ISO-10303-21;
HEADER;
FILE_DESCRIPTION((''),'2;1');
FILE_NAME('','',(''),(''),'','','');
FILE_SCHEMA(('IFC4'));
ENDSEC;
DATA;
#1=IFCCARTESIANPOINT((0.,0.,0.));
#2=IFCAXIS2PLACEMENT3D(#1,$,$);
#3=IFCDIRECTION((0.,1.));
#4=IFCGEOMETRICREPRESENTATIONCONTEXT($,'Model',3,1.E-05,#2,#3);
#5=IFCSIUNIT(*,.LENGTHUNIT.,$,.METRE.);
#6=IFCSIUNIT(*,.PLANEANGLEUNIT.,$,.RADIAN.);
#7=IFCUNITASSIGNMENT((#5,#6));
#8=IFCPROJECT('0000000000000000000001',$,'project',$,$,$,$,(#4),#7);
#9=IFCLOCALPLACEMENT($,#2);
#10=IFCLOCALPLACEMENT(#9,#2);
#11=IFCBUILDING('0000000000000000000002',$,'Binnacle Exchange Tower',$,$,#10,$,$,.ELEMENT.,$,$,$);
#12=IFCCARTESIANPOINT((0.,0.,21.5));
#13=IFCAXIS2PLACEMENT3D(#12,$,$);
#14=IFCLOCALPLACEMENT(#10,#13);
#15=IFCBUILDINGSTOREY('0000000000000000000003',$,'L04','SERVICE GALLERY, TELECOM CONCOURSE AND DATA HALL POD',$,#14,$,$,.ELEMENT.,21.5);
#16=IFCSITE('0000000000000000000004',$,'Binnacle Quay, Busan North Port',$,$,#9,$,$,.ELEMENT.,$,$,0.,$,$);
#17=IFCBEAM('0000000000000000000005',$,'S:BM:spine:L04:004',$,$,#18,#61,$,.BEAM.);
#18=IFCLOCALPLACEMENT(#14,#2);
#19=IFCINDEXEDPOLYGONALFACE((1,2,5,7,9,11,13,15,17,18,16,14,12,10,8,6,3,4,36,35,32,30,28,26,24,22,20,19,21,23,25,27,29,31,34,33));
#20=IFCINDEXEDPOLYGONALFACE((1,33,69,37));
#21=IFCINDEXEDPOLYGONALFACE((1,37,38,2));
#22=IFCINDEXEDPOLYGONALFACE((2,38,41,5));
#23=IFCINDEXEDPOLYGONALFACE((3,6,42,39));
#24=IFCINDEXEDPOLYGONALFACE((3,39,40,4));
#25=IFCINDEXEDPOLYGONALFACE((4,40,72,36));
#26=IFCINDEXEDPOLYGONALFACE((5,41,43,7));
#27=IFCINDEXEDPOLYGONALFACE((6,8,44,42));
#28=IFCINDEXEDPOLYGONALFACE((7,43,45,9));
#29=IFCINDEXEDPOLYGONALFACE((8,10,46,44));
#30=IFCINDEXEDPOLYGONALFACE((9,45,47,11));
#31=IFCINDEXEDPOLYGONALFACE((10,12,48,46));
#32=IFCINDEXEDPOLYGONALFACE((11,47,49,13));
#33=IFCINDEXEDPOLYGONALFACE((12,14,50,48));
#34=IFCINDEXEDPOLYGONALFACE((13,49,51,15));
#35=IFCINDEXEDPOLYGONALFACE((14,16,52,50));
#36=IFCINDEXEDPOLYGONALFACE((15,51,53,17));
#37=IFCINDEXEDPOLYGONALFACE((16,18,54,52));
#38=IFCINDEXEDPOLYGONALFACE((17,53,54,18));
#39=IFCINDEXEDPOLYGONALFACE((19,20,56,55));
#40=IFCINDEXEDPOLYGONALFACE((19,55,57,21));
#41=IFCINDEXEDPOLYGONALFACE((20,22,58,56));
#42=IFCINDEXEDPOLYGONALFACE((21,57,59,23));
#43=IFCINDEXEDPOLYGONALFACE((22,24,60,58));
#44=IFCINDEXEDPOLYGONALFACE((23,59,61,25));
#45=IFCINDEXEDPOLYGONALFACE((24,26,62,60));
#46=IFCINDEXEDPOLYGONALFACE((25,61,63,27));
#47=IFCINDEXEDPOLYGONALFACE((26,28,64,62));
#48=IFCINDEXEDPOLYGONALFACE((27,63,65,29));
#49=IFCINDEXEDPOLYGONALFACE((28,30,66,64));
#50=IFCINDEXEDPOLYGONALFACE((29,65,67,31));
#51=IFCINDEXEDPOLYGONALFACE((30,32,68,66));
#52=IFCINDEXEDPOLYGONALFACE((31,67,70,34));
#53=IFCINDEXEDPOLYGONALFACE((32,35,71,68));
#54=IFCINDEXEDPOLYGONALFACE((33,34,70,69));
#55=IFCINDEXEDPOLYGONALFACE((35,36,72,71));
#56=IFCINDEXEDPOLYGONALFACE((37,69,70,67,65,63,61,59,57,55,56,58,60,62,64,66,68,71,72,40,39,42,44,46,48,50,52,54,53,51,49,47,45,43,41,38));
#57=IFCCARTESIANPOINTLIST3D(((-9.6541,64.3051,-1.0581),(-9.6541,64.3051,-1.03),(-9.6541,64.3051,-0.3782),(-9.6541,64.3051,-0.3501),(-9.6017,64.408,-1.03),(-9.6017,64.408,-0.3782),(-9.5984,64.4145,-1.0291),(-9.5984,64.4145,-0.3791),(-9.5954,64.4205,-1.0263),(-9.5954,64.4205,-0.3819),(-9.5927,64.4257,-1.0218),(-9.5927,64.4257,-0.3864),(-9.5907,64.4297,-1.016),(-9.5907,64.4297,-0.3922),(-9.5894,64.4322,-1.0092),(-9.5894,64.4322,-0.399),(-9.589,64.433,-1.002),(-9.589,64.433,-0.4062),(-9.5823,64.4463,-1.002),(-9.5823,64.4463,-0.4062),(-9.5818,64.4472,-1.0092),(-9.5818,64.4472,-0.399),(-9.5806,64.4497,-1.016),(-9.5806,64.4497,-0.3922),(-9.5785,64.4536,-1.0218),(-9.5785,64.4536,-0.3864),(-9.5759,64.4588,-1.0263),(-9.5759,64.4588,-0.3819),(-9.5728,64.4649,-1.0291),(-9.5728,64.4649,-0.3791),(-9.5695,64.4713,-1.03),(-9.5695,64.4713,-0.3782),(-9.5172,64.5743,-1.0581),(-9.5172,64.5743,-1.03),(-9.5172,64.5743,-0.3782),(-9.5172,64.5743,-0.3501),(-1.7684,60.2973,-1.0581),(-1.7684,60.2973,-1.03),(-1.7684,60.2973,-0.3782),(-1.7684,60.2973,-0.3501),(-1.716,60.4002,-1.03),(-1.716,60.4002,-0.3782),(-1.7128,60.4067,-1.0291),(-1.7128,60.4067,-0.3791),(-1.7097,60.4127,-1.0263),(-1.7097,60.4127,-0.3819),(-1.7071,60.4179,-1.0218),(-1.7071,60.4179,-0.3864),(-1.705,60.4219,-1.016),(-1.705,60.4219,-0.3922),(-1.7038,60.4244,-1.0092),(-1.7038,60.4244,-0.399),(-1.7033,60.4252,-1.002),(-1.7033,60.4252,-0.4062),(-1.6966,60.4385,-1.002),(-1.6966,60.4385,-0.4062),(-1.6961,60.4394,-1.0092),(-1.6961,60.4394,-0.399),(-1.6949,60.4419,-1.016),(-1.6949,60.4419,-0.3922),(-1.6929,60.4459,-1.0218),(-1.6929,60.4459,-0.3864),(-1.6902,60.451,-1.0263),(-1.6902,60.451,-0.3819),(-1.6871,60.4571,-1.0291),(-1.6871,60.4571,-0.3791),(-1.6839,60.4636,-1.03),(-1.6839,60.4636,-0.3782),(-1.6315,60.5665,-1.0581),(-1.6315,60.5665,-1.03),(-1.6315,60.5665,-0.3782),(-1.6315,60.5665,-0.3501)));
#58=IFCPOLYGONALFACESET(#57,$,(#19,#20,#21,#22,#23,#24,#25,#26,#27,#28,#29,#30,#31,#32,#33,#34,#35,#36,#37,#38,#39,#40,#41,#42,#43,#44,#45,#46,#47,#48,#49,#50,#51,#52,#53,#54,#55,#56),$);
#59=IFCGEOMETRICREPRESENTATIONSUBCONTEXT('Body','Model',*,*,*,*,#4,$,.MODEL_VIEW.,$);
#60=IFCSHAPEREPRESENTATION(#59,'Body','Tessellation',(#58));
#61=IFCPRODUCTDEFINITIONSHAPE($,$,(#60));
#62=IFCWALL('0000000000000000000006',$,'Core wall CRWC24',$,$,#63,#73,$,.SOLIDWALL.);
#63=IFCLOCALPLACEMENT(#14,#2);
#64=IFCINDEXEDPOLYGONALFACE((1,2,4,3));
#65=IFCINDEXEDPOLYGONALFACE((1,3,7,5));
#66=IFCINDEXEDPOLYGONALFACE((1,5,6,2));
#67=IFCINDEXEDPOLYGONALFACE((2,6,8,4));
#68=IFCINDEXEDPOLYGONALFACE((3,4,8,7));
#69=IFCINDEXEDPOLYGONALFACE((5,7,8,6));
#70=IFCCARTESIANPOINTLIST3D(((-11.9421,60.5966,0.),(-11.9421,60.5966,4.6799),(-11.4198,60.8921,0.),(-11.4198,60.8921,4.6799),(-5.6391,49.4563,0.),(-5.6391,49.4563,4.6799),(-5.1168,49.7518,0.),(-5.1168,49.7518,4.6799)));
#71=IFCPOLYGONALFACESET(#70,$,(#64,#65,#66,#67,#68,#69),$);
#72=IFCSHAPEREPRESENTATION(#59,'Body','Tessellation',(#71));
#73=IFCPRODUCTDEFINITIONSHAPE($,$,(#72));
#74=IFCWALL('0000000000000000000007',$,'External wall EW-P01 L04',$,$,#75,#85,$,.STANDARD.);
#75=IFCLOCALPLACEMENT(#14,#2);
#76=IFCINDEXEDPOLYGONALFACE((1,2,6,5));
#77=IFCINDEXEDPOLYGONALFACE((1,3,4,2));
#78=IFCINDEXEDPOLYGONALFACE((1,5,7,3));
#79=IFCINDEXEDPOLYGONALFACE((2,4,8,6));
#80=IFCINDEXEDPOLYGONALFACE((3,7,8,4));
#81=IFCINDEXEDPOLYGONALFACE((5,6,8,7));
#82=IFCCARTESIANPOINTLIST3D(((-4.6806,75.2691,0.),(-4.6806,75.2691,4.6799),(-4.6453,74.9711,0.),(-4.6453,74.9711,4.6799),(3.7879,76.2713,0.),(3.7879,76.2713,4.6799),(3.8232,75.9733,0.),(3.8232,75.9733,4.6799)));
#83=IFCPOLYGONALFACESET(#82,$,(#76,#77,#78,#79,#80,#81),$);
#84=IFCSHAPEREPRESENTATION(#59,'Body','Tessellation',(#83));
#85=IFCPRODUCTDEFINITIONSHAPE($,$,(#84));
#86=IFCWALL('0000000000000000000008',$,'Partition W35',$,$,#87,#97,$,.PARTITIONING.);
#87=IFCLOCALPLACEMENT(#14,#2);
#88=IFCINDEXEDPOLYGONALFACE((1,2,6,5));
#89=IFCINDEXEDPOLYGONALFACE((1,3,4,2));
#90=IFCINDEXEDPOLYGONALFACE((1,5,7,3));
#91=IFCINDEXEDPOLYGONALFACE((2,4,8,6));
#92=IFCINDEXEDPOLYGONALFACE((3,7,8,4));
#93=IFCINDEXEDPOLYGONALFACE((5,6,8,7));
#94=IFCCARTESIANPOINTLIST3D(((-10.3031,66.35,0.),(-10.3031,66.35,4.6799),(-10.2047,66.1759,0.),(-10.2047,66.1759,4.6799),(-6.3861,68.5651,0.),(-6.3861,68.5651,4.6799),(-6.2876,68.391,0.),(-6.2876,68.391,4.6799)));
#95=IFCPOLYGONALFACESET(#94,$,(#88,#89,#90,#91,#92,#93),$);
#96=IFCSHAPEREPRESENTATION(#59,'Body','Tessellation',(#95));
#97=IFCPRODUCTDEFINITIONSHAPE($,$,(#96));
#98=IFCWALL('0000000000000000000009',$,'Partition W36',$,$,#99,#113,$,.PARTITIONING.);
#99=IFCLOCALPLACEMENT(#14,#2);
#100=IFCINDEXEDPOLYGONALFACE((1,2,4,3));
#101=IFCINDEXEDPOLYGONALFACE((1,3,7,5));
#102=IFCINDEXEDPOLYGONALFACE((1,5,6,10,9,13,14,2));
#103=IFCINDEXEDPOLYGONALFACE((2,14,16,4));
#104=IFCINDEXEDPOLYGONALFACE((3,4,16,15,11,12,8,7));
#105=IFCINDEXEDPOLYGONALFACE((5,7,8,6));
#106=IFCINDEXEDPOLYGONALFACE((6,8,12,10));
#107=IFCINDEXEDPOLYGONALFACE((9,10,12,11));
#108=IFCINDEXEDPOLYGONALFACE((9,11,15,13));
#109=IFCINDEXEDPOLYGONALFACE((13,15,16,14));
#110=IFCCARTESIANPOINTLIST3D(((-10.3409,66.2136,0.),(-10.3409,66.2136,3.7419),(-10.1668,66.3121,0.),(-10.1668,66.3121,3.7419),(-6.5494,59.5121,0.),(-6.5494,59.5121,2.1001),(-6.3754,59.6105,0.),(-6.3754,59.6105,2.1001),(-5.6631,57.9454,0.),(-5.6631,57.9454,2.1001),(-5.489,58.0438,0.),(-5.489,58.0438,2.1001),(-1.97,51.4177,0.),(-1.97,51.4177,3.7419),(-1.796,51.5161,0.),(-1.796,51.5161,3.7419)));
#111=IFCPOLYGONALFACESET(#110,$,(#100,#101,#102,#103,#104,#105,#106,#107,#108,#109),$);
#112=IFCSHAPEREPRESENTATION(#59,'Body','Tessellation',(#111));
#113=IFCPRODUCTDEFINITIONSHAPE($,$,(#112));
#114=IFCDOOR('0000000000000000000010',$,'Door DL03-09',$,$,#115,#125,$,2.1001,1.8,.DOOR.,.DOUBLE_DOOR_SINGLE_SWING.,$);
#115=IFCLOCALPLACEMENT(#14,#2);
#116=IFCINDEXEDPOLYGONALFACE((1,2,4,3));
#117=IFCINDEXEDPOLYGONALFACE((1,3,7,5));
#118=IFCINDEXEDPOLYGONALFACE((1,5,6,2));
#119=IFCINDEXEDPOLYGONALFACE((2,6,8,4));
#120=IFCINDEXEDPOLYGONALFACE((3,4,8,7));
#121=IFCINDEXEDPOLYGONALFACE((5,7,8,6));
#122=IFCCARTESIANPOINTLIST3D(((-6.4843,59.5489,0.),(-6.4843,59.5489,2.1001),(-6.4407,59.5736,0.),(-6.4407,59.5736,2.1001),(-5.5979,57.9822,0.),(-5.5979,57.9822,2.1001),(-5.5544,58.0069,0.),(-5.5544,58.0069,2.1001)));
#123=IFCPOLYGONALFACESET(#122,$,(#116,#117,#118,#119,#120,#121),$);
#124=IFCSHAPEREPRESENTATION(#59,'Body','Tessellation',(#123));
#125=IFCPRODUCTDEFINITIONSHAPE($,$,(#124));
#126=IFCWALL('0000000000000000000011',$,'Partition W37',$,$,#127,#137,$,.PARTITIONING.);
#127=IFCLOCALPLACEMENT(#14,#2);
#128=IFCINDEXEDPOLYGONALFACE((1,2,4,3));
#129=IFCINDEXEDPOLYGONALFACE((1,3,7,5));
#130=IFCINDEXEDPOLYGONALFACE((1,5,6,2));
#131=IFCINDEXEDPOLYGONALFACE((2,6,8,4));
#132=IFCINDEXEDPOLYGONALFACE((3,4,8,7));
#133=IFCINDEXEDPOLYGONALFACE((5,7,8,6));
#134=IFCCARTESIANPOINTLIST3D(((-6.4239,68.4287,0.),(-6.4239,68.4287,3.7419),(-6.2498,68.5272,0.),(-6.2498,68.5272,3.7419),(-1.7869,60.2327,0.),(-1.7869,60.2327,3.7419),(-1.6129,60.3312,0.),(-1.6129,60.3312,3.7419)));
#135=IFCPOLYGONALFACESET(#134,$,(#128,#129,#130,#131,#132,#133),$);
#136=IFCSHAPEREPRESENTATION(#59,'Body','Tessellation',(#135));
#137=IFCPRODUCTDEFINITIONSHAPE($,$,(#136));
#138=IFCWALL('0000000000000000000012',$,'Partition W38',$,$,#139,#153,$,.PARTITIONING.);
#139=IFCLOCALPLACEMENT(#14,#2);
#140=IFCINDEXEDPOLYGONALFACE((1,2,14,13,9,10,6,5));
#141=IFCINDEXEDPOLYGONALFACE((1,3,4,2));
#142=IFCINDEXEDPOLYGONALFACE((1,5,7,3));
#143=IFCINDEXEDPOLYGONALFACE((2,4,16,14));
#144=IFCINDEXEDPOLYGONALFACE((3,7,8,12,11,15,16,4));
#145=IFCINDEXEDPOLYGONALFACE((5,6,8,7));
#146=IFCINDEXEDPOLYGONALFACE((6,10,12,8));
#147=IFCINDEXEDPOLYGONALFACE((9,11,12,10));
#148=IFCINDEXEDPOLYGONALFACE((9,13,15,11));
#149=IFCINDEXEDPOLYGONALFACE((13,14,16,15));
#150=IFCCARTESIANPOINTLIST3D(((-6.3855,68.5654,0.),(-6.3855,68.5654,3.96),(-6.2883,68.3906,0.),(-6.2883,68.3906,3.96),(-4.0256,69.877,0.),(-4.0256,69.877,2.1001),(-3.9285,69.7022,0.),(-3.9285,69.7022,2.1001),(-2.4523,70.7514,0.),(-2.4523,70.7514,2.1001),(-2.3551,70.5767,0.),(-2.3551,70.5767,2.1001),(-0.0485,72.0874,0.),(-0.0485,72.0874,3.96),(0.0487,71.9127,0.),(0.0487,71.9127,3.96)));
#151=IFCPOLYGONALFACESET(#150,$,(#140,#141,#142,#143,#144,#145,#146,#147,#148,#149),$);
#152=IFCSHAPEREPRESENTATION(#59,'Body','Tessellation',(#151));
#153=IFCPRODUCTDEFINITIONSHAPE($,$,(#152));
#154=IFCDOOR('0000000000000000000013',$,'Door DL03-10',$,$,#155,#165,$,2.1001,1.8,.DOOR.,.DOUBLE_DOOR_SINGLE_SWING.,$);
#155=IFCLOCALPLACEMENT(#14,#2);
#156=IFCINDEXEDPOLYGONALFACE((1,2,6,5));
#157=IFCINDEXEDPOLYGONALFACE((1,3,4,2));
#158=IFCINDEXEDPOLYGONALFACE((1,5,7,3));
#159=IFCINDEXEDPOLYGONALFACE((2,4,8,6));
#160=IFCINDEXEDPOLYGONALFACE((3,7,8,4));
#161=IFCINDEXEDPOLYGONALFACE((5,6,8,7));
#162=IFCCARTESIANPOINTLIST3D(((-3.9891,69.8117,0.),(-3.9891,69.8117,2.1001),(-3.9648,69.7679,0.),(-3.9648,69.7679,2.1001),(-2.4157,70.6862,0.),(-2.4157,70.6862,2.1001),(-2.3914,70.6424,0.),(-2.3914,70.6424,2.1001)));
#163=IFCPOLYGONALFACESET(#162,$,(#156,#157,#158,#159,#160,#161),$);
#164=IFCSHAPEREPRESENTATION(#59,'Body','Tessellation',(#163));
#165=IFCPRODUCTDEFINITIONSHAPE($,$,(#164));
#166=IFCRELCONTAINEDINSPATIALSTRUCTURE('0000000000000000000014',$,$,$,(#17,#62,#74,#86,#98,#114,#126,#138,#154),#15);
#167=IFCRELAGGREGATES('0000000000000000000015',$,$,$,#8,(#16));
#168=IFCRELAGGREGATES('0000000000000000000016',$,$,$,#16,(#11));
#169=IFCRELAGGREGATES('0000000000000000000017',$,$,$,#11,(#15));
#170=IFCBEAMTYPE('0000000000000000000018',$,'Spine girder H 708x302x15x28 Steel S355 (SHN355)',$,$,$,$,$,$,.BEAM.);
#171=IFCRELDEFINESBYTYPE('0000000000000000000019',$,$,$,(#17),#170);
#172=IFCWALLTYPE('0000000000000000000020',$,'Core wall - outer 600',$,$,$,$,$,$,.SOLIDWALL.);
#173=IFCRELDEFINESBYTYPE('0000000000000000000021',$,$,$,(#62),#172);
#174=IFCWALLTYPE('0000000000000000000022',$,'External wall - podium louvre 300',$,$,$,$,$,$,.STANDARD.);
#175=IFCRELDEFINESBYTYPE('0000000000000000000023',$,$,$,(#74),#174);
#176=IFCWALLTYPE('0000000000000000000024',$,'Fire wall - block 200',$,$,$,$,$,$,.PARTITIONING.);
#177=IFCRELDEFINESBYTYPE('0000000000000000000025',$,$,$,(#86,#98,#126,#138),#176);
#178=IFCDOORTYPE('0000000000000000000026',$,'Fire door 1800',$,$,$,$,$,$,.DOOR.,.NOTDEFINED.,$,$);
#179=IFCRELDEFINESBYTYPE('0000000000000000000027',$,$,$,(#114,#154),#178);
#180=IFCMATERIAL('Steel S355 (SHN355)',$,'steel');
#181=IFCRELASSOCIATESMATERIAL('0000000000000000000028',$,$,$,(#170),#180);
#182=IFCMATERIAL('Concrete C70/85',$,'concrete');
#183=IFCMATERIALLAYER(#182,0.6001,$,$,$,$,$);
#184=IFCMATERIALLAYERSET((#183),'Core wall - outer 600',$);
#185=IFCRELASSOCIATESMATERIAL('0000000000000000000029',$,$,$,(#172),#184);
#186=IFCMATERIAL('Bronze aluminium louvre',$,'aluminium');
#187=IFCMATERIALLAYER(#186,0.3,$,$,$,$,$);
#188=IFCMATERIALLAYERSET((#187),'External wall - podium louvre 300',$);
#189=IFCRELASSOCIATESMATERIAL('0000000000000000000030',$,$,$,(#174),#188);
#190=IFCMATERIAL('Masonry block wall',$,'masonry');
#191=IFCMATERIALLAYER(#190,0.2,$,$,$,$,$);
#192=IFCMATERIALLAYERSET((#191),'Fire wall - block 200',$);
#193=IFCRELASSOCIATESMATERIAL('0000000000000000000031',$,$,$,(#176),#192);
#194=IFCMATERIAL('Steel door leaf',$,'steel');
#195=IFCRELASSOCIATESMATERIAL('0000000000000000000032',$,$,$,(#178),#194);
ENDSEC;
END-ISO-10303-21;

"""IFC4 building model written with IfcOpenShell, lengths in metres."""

from ifc_helpers import new_model, si_unit, direction, frame, frame_2d, origin, origin_2d, place, context, subcontext, project, spatial, rectangle, i_section, extrude, material, layer, layer_set, material_profile, profile_set, type_object, element, fill, save


model = new_model("IFC4")

# Units and contexts
model_context = context("Model", 3, precision=1e-05, world=origin(), true_north=direction((0.0, 1.0)))
body_context = subcontext(model_context, "Body", "Model", "MODEL_VIEW")
ifc_project = project(units=[si_unit("LENGTHUNIT", "METRE"), si_unit("PLANEANGLEUNIT", "RADIAN")], contexts=[model_context])

# Site, building, storey
site_placement = place(None, origin())
site = spatial("IfcSite", under=ifc_project, at=site_placement, Name="Binnacle Quay, Busan North Port", CompositionType="ELEMENT", RefElevation=0.0)
building_placement = place(site_placement, origin())
building = spatial("IfcBuilding", under=site, at=building_placement, Name="Binnacle Exchange Tower", CompositionType="ELEMENT")
storey_placement = place(building_placement, frame((0.0, 0.0, 21.5)))
storey = spatial("IfcBuildingStorey", under=building, at=storey_placement, Name="L04", Description="SERVICE GALLERY, TELECOM CONCOURSE AND DATA HALL POD", CompositionType="ELEMENT", Elevation=21.5)

# Shared definitions
ifc_material_1 = material(Name="Concrete C70/85", Category="concrete")

# Beam
ifc_material_2 = material(Name="Steel S355 (SHN355)", Category="steel")
ifc_material_profile_1 = material_profile(ifc_material_2, i_section(OverallWidth=0.302, OverallDepth=0.708, WebThickness=0.0149, FlangeThickness=0.0281, FilletRadius=0.0281, at=origin_2d()), Name="H 708x302x15x28")
ifc_profile_set_1 = profile_set([ifc_material_profile_1], Name="Steel S355 (SHN355)")
beam_type_1 = type_object("IfcBeamType", Name="Spine girder H 708x302x15x28 Steel S355 (SHN355)", PredefinedType="BEAM", material=ifc_profile_set_1)
beam_1_placement = place(storey_placement, frame((-1.7, 60.4319, -0.7041), z_axis=(-0.891471, 0.453077, 0.0), x_axis=(-0.453077, -0.891471, 0.0)))
element("IfcBeam", 1, at=beam_1_placement, inside=storey, type_object=beam_type_1, Name="S:BM:spine:L04:004", PredefinedType="BEAM", context=body_context, shape_type="SweptSolid", body=[
    extrude(i_section(OverallWidth=0.302, OverallDepth=0.708, WebThickness=0.0149, FlangeThickness=0.0281, FilletRadius=0.0281, at=origin_2d()), origin(), (0.0, 0.0, 1.0), 8.8457),
])

# Walls
ifc_layer_1 = layer(ifc_material_1, 0.6001)
ifc_layer_set_1 = layer_set([ifc_layer_1], Name="Core wall - outer 600")
wall_type_1 = type_object("IfcWallType", Name="Core wall - outer 600", PredefinedType="SOLIDWALL", material=ifc_layer_set_1)
wall_1_placement = place(storey_placement, frame((-11.6809, 60.7444, 0.0), z_axis=(0.0, 0.0, 1.0), x_axis=(0.492427, -0.870354, 0.0)))
element("IfcWall", 2, at=wall_1_placement, inside=storey, type_object=wall_type_1, Name="Core wall CRWC24", PredefinedType="SOLIDWALL", context=body_context, shape_type="SweptSolid", body=[
    extrude(rectangle(XDim=12.7998, YDim=0.6001, at=frame_2d((6.3999, 0.0))), origin(), (0.0, 0.0, 1.0), 4.6799),
])
ifc_material_3 = material(Name="Bronze aluminium louvre", Category="aluminium")
ifc_layer_2 = layer(ifc_material_3, 0.3)
ifc_layer_set_2 = layer_set([ifc_layer_2], Name="External wall - podium louvre 300")
wall_type_2 = type_object("IfcWallType", Name="External wall - podium louvre 300", PredefinedType="STANDARD", material=ifc_layer_set_2)
wall_2_placement = place(storey_placement, frame((-4.6628, 75.1201, 0.0), z_axis=(0.0, 0.0, 1.0), x_axis=(0.99307, 0.117524, 0.0)))
element("IfcWall", 3, at=wall_2_placement, inside=storey, type_object=wall_type_2, Name="External wall EW-P01 L04", PredefinedType="STANDARD", context=body_context, shape_type="SweptSolid", body=[
    extrude(rectangle(XDim=8.5276, YDim=0.3, at=frame_2d((4.2637, 0.0))), origin(), (0.0, 0.0, 1.0), 4.6799),
])
ifc_material_4 = material(Name="Masonry block wall", Category="masonry")
ifc_layer_3 = layer(ifc_material_4, 0.2)
ifc_layer_set_3 = layer_set([ifc_layer_3], Name="Fire wall - block 200")
wall_type_3 = type_object("IfcWallType", Name="Fire wall - block 200", PredefinedType="PARTITIONING", material=ifc_layer_set_3)
wall_3_placement = place(storey_placement, frame((-10.2539, 66.2629, 0.0), z_axis=(0.0, 0.0, 1.0), x_axis=(0.870455, 0.492249, 0.0)))
element("IfcWall", 4, at=wall_3_placement, inside=storey, type_object=wall_type_3, Name="Partition W35", PredefinedType="PARTITIONING", context=body_context, shape_type="SweptSolid", body=[
    extrude(rectangle(XDim=4.5, YDim=0.2, at=frame_2d((2.25, 0.0))), origin(), (0.0, 0.0, 1.0), 4.6799),
])

# Wall, opening, door
wall_4_placement = place(storey_placement, frame((-10.2539, 66.2629, 0.0), z_axis=(0.0, 0.0, 1.0), x_axis=(0.492412, -0.870362, 0.0)))
wall_4 = element("IfcWall", 5, at=wall_4_placement, inside=storey, type_object=wall_type_3, Name="Partition W36", PredefinedType="PARTITIONING", context=body_context, shape_type="SweptSolid", body=[
    extrude(rectangle(XDim=16.9998, YDim=0.2, at=frame_2d((8.5, 0.0))), origin(), (0.0, 0.0, 1.0), 3.7419),
])
opening_1_placement = place(wall_4_placement, frame((7.7, 0.0, 0.0)))
opening_1 = element("IfcOpeningElement", 6, at=opening_1_placement, cuts=wall_4, PredefinedType="OPENING", context=body_context, shape_type="SweptSolid", body=[
    extrude(rectangle(XDim=1.8, YDim=2.1001, at=frame_2d((0.8999, 1.05))), frame((0.0, 0.1099, 0.0), z_axis=(0.0, -1.0, 0.0), x_axis=(1.0, 0.0, 0.0)), (0.0, 0.0, 1.0), 0.22),
])
ifc_material_5 = material(Name="Steel door leaf", Category="steel")
door_type = type_object("IfcDoorType", Name="Fire door 1800", OperationType="NOTDEFINED", PredefinedType="DOOR", material=ifc_material_5)
door_1_placement = place(opening_1_placement, origin())
door_1 = element("IfcDoor", 7, at=door_1_placement, inside=storey, type_object=door_type, Name="Door DL03-09", OperationType="DOUBLE_DOOR_SINGLE_SWING", OverallHeight=2.1001, OverallWidth=1.8, PredefinedType="DOOR", context=body_context, shape_type="SweptSolid", body=[
    extrude(rectangle(XDim=1.8, YDim=2.1001, at=frame_2d((0.8999, 1.05))), frame((0.0, 0.0249, 0.0), z_axis=(0.0, -1.0, 0.0), x_axis=(1.0, 0.0, 0.0)), (0.0, 0.0, 1.0), 0.05),
])
fill(opening_1, door_1)

# Wall
wall_5_placement = place(storey_placement, frame((-6.3369, 68.478, 0.0), z_axis=(0.0, 0.0, 1.0), x_axis=(0.492413, -0.870362, 0.0)))
element("IfcWall", 8, at=wall_5_placement, inside=storey, type_object=wall_type_3, Name="Partition W37", PredefinedType="PARTITIONING", context=body_context, shape_type="SweptSolid", body=[
    extrude(rectangle(XDim=9.4167, YDim=0.2, at=frame_2d((4.7085, 0.0))), origin(), (0.0, 0.0, 1.0), 3.7419),
])

# Wall, opening, door
wall_6_placement = place(storey_placement, frame((-6.3369, 68.478, 0.0), z_axis=(0.0, 0.0, 1.0), x_axis=(0.874071, 0.485797, 0.0)))
wall_6 = element("IfcWall", 9, at=wall_6_placement, inside=storey, type_object=wall_type_3, Name="Partition W38", PredefinedType="PARTITIONING", context=body_context, shape_type="SweptSolid", body=[
    extrude(rectangle(XDim=7.25, YDim=0.2, at=frame_2d((3.625, 0.0))), origin(), (0.0, 0.0, 1.0), 3.96),
])
opening_2_placement = place(wall_6_placement, frame((2.7, 0.0, 0.0)))
opening_2 = element("IfcOpeningElement", 10, at=opening_2_placement, cuts=wall_6, PredefinedType="OPENING", context=body_context, shape_type="SweptSolid", body=[
    extrude(rectangle(XDim=1.8, YDim=2.1001, at=frame_2d((0.8999, 1.05))), frame((0.0, 0.1099, 0.0), z_axis=(0.0, -1.0, 0.0), x_axis=(1.0, 0.0, 0.0)), (0.0, 0.0, 1.0), 0.22),
])
door_2_placement = place(opening_2_placement, frame((1.8, 0.0, 0.0), z_axis=(0.0, 0.0, 1.0), x_axis=(-1.0, 0.0, 0.0)))
door_2 = element("IfcDoor", 11, at=door_2_placement, inside=storey, type_object=door_type, Name="Door DL03-10", OperationType="DOUBLE_DOOR_SINGLE_SWING", OverallHeight=2.1001, OverallWidth=1.8, PredefinedType="DOOR", context=body_context, shape_type="SweptSolid", body=[
    extrude(rectangle(XDim=1.8, YDim=2.1001, at=frame_2d((0.8999, 1.05))), frame((0.0, 0.0249, 0.0), z_axis=(0.0, -1.0, 0.0), x_axis=(1.0, 0.0, 0.0)), (0.0, 0.0, 1.0), 0.05),
])
fill(opening_2, door_2)

save(model, "model.ifc")
